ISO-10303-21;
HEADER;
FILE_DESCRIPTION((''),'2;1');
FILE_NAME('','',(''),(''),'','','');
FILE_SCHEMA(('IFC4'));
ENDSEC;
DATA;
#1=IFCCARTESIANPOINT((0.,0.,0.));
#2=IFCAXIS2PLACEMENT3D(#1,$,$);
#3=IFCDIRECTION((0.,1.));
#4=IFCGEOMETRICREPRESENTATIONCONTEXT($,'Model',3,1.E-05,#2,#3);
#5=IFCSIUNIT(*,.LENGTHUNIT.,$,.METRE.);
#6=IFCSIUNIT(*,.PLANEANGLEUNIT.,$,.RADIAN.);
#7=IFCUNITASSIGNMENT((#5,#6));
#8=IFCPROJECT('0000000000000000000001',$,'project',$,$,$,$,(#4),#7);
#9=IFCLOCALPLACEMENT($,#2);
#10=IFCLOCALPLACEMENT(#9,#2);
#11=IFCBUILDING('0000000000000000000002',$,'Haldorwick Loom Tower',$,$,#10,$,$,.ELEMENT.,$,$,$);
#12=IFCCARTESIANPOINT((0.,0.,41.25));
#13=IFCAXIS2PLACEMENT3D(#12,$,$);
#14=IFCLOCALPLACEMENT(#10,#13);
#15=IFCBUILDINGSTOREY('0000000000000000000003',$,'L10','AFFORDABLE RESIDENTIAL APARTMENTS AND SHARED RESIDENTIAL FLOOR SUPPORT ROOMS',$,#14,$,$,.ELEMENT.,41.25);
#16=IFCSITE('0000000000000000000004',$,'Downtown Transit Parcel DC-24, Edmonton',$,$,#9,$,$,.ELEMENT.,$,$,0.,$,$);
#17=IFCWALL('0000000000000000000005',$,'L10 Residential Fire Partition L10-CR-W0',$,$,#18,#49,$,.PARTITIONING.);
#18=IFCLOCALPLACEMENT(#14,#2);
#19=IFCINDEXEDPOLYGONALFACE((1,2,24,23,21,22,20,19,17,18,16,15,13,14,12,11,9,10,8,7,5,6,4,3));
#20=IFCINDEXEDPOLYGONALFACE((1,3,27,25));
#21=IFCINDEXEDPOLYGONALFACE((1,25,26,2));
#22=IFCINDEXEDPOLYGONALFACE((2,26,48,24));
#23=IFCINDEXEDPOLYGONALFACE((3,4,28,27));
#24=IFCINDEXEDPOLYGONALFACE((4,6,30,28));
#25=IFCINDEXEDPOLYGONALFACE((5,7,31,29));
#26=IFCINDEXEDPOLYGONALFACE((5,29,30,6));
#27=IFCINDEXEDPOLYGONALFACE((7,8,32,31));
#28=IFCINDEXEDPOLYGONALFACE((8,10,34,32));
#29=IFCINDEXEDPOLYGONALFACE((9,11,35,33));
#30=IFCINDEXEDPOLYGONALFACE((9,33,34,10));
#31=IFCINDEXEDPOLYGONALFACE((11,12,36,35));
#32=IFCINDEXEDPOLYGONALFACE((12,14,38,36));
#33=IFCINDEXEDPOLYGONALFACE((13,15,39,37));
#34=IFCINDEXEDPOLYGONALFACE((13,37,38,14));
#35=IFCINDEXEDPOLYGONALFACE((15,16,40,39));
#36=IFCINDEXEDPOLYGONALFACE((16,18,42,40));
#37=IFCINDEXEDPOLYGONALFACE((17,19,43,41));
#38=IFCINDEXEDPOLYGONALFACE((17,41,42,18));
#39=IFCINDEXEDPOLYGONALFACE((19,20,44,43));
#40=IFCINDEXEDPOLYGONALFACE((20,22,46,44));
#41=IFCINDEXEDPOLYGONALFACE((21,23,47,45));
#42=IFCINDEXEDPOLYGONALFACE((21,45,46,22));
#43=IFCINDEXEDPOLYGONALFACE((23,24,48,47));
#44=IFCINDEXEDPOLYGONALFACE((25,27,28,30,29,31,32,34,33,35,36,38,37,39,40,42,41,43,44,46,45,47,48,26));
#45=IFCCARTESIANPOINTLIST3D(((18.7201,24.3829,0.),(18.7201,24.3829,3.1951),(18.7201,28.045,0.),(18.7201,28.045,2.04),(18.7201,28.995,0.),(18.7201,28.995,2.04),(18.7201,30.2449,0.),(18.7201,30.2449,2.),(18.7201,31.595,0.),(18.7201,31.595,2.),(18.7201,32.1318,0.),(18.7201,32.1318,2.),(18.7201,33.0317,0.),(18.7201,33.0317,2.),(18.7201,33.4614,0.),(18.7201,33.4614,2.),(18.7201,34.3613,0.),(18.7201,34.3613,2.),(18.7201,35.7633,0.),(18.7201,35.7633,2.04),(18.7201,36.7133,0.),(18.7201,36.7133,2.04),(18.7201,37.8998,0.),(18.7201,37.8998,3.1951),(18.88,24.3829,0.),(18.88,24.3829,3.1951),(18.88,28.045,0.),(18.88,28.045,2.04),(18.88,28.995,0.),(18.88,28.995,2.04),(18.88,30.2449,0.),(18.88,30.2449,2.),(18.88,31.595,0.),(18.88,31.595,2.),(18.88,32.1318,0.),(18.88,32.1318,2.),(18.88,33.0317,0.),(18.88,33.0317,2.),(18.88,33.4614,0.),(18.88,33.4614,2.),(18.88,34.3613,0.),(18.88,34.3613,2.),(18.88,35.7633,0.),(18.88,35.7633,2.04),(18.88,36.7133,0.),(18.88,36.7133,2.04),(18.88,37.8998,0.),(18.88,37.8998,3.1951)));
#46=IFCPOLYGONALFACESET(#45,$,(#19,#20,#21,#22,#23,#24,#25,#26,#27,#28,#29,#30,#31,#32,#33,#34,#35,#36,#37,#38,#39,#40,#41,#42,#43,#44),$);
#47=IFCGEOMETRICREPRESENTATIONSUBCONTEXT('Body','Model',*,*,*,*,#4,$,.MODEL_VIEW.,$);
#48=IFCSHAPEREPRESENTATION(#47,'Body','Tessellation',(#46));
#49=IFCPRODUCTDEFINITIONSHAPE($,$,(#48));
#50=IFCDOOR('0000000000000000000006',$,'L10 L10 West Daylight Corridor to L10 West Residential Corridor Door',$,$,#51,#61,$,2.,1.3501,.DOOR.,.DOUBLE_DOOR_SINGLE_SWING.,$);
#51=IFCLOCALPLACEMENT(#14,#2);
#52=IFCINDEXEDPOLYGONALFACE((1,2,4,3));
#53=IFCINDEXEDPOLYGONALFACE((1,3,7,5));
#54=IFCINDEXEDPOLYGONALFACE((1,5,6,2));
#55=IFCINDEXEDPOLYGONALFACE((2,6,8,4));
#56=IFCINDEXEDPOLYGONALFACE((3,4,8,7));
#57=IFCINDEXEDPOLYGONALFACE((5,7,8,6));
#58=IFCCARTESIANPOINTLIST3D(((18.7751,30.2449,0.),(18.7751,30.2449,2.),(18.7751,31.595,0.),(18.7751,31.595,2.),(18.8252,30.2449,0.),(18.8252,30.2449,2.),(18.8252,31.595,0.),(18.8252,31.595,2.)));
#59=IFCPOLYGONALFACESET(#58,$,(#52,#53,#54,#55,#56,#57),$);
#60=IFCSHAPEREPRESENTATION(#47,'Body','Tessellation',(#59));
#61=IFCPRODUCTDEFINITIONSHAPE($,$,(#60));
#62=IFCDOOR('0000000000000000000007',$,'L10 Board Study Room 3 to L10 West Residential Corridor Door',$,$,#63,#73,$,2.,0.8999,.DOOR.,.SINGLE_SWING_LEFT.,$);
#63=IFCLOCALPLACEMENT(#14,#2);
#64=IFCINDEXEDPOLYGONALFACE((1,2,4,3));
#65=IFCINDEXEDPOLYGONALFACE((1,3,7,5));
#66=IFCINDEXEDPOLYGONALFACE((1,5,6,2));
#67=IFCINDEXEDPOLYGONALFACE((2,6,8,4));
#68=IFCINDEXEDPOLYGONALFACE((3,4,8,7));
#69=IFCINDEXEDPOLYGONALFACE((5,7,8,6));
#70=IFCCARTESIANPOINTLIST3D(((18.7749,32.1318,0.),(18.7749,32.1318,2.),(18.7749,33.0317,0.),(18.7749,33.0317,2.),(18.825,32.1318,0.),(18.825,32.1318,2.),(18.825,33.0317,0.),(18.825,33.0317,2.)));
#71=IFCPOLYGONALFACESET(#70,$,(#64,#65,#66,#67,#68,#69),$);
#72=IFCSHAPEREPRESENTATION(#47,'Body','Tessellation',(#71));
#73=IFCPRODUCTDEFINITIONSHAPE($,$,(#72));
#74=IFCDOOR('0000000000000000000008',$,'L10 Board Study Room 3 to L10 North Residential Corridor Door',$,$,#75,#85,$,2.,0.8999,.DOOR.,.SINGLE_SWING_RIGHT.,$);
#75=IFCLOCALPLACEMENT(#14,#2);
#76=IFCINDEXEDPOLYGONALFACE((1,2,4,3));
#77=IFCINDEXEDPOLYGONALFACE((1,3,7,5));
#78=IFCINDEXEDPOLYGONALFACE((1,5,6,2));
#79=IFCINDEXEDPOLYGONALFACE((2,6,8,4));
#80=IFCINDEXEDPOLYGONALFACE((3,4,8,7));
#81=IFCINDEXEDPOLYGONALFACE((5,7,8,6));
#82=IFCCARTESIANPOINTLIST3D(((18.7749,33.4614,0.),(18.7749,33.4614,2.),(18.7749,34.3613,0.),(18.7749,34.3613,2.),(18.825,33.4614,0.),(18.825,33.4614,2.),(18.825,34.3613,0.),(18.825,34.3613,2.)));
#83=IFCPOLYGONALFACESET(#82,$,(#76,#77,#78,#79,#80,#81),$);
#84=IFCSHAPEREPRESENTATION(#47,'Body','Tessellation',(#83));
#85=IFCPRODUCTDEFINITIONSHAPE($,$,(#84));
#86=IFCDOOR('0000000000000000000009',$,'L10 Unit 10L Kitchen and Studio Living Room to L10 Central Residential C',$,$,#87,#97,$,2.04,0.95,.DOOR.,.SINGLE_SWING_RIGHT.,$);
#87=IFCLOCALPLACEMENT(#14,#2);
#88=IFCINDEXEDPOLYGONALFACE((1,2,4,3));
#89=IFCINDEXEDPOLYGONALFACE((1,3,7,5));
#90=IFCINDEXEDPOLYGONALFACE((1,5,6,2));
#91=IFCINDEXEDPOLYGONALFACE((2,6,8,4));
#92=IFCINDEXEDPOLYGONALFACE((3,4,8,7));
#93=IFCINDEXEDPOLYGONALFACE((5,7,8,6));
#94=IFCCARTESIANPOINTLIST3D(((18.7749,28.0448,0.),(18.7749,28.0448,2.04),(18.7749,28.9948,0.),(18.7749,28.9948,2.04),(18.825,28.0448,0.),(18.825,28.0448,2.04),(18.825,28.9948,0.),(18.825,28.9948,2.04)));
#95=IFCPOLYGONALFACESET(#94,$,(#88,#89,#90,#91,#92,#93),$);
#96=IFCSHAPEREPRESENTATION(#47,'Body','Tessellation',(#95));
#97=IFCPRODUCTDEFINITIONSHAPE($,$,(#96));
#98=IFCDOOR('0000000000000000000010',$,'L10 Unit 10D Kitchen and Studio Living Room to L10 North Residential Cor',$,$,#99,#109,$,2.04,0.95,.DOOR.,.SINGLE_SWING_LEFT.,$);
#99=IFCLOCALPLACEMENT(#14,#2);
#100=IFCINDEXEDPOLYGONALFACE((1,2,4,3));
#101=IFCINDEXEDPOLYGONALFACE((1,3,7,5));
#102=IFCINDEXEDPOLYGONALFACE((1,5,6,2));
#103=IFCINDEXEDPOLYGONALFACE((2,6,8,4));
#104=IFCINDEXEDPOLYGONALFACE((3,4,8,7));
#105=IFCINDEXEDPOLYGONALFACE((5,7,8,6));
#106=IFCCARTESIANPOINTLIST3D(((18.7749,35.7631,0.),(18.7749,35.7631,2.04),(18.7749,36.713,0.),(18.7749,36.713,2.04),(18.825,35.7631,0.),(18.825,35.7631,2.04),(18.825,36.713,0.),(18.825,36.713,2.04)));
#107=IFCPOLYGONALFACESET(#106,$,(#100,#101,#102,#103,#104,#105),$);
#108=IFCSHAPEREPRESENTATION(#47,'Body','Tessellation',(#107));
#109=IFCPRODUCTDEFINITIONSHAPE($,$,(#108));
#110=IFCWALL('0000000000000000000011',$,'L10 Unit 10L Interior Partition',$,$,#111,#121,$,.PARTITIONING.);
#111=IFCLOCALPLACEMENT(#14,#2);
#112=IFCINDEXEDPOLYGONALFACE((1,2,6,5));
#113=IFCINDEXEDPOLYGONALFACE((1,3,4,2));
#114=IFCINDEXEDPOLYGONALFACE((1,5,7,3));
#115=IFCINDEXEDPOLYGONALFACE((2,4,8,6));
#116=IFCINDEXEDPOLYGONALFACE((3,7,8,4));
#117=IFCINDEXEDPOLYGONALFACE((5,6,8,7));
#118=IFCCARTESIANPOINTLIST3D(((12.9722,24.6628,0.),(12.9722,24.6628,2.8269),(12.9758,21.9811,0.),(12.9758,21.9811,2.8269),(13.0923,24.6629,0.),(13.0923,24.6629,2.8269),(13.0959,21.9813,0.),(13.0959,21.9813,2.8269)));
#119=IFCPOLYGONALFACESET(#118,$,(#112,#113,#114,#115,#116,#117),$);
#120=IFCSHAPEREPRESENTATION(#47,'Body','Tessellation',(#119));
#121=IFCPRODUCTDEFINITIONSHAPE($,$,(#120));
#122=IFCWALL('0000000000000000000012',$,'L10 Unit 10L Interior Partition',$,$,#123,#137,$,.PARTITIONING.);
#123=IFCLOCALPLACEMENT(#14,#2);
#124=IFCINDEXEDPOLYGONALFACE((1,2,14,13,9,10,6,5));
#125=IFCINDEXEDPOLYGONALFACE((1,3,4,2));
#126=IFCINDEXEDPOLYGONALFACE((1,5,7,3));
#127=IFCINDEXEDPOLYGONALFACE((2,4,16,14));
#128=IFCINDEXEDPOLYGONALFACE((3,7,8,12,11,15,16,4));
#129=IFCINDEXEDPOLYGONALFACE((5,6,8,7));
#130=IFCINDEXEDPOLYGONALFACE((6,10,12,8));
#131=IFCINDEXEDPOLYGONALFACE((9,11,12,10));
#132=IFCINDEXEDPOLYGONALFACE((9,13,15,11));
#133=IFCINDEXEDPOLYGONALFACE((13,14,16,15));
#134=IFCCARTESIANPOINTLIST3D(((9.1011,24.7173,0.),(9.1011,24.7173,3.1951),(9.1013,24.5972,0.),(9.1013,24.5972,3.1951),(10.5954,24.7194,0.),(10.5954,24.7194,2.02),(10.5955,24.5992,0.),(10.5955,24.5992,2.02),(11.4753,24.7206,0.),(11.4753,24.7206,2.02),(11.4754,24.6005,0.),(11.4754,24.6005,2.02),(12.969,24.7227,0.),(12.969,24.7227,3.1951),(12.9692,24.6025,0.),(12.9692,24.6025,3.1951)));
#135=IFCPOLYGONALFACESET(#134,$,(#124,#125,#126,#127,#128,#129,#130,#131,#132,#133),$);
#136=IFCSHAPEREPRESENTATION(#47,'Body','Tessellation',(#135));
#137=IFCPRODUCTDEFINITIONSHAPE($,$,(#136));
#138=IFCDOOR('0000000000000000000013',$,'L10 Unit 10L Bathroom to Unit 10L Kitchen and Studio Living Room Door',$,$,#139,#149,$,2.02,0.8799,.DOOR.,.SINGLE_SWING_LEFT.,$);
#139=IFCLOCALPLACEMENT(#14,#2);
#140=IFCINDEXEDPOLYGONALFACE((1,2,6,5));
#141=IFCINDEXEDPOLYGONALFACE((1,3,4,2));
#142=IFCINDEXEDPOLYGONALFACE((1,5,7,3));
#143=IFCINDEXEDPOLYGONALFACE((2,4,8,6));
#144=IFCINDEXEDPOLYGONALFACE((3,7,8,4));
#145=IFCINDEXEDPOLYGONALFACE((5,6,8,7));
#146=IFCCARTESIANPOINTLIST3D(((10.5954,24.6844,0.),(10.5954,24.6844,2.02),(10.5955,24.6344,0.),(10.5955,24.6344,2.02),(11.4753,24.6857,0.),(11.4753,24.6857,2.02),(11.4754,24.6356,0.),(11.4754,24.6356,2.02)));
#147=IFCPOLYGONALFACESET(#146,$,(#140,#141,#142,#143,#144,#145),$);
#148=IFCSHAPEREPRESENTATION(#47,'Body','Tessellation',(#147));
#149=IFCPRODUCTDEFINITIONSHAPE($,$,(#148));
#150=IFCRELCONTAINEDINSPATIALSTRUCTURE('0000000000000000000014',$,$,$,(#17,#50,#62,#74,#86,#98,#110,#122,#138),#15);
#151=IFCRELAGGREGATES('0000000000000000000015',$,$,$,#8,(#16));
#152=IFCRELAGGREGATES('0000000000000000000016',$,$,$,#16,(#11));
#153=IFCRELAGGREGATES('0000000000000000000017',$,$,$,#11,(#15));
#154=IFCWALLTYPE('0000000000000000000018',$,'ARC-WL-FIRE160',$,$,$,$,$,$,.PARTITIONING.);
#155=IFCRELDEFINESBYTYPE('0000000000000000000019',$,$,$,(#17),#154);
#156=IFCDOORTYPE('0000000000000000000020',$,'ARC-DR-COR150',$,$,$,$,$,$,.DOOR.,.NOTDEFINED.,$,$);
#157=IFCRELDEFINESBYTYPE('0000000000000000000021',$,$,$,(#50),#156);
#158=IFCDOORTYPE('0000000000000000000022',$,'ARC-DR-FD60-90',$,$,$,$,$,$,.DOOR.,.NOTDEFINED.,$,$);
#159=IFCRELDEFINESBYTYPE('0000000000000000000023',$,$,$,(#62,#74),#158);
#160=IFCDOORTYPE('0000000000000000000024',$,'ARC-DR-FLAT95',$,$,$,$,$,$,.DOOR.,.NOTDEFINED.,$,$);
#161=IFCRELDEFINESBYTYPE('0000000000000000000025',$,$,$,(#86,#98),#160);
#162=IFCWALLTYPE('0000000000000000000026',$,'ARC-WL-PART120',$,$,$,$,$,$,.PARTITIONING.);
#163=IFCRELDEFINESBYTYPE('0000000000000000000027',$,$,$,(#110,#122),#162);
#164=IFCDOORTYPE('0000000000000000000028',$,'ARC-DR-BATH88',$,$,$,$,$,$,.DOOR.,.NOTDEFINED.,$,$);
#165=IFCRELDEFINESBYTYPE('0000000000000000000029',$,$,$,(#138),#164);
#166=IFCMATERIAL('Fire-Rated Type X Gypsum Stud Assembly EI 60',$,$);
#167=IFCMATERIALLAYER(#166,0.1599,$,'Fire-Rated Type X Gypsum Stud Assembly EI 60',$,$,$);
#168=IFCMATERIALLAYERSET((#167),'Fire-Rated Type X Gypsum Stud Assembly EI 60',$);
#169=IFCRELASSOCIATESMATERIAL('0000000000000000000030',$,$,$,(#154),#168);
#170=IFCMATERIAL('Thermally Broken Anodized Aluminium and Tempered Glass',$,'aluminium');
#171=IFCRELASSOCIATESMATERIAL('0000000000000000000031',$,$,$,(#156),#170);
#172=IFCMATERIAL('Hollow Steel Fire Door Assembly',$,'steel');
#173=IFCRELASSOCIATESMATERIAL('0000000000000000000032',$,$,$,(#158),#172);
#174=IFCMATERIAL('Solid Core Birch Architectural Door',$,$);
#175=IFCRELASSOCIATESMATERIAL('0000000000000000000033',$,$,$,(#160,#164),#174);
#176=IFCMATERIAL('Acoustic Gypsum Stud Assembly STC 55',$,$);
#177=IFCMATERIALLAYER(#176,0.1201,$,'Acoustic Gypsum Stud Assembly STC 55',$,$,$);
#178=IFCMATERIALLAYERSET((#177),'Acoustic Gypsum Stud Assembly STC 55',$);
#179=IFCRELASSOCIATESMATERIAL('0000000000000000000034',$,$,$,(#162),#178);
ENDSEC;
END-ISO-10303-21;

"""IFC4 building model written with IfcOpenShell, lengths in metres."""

from ifc_helpers import new_model, si_unit, direction, frame, frame_2d, origin, place, context, subcontext, project, spatial, rectangle, extrude, material, layer, layer_set, type_object, element, fill, save


model = new_model("IFC4")

# Units and contexts
model_context = context("Model", 3, precision=1e-05, world=origin(), true_north=direction((0.0, 1.0)))
body_context = subcontext(model_context, "Body", "Model", "MODEL_VIEW")
ifc_project = project(units=[si_unit("LENGTHUNIT", "METRE"), si_unit("PLANEANGLEUNIT", "RADIAN")], contexts=[model_context])

# Site, building, storey
site_placement = place(None, origin())
site = spatial("IfcSite", under=ifc_project, at=site_placement, Name="Downtown Transit Parcel DC-24, Edmonton", CompositionType="ELEMENT", RefElevation=0.0)
building_placement = place(site_placement, origin())
building = spatial("IfcBuilding", under=site, at=building_placement, Name="Haldorwick Loom Tower", CompositionType="ELEMENT")
storey_placement = place(building_placement, frame((0.0, 0.0, 41.25)))
storey = spatial("IfcBuildingStorey", under=building, at=storey_placement, Name="L10", Description="AFFORDABLE RESIDENTIAL APARTMENTS AND SHARED RESIDENTIAL FLOOR SUPPORT ROOMS", CompositionType="ELEMENT", Elevation=41.25)

# Wall, openings, doors
ifc_material_1 = material(Name="Fire-Rated Type X Gypsum Stud Assembly EI 60")
ifc_layer_1 = layer(ifc_material_1, 0.1599, Name="Fire-Rated Type X Gypsum Stud Assembly EI 60")
ifc_layer_set_1 = layer_set([ifc_layer_1], Name="Fire-Rated Type X Gypsum Stud Assembly EI 60")
wall_type_1 = type_object("IfcWallType", Name="ARC-WL-FIRE160", PredefinedType="PARTITIONING", material=ifc_layer_set_1)
ifc_material_2 = material(Name="Thermally Broken Anodized Aluminium and Tempered Glass", Category="aluminium")
door_type_1 = type_object("IfcDoorType", Name="ARC-DR-COR150", OperationType="NOTDEFINED", PredefinedType="DOOR", material=ifc_material_2)
ifc_material_3 = material(Name="Hollow Steel Fire Door Assembly", Category="steel")
door_type_2 = type_object("IfcDoorType", Name="ARC-DR-FD60-90", OperationType="NOTDEFINED", PredefinedType="DOOR", material=ifc_material_3)
wall_1_placement = place(storey_placement, frame((18.8, 24.3831, 0.0), z_axis=(0.0, 0.0, 1.0), x_axis=(0.0, 1.0, 0.0)))
wall_1 = element("IfcWall", 1, at=wall_1_placement, inside=storey, type_object=wall_type_1, Name="L10 Residential Fire Partition L10-CR-W0", PredefinedType="PARTITIONING", context=body_context, shape_type="SweptSolid", body=[
    extrude(rectangle(XDim=13.5168, YDim=0.1599, at=frame_2d((6.7583, 0.0))), origin(), (0.0, 0.0, 1.0), 3.1951),
])
opening_1_placement = place(wall_1_placement, frame((5.8618, 0.0, 0.0)))
opening_1 = element("IfcOpeningElement", 2, at=opening_1_placement, cuts=wall_1, PredefinedType="OPENING", context=body_context, shape_type="SweptSolid", body=[
    extrude(rectangle(XDim=1.3501, YDim=2.0, at=frame_2d((0.675, 1.0))), frame((0.0, 0.0898, 0.0), z_axis=(0.0, -1.0, 0.0), x_axis=(1.0, 0.0, 0.0)), (0.0, 0.0, 1.0), 0.1799),
])
opening_2_placement = place(wall_1_placement, frame((3.6619, 0.0, 0.0)))
opening_2 = element("IfcOpeningElement", 3, at=opening_2_placement, cuts=wall_1, PredefinedType="OPENING", context=body_context, shape_type="SweptSolid", body=[
    extrude(rectangle(XDim=0.95, YDim=2.04, at=frame_2d((0.4751, 1.02))), frame((0.0, 0.0898, 0.0), z_axis=(0.0, -1.0, 0.0), x_axis=(1.0, 0.0, 0.0)), (0.0, 0.0, 1.0), 0.1799),
])
opening_3_placement = place(wall_1_placement, frame((11.3801, 0.0, 0.0)))
opening_3 = element("IfcOpeningElement", 4, at=opening_3_placement, cuts=wall_1, PredefinedType="OPENING", context=body_context, shape_type="SweptSolid", body=[
    extrude(rectangle(XDim=0.95, YDim=2.04, at=frame_2d((0.4751, 1.02))), frame((0.0, 0.0898, 0.0), z_axis=(0.0, -1.0, 0.0), x_axis=(1.0, 0.0, 0.0)), (0.0, 0.0, 1.0), 0.1799),
])
opening_4_placement = place(wall_1_placement, frame((7.7488, 0.0, 0.0)))
opening_4 = element("IfcOpeningElement", 5, at=opening_4_placement, cuts=wall_1, PredefinedType="OPENING", context=body_context, shape_type="SweptSolid", body=[
    extrude(rectangle(XDim=0.8999, YDim=2.0, at=frame_2d((0.45, 1.0))), frame((0.0, 0.0898, 0.0), z_axis=(0.0, -1.0, 0.0), x_axis=(1.0, 0.0, 0.0)), (0.0, 0.0, 1.0), 0.1799),
])
opening_5_placement = place(wall_1_placement, frame((9.0784, 0.0, 0.0)))
opening_5 = element("IfcOpeningElement", 6, at=opening_5_placement, cuts=wall_1, PredefinedType="OPENING", context=body_context, shape_type="SweptSolid", body=[
    extrude(rectangle(XDim=0.8999, YDim=2.0, at=frame_2d((0.45, 1.0))), frame((0.0, 0.0898, 0.0), z_axis=(0.0, -1.0, 0.0), x_axis=(1.0, 0.0, 0.0)), (0.0, 0.0, 1.0), 0.1799),
])
door_1_placement = place(opening_1_placement, origin())
door_1 = element("IfcDoor", 7, at=door_1_placement, inside=storey, type_object=door_type_1, Name="L10 L10 West Daylight Corridor to L10 West Residential Corridor Door", OperationType="DOUBLE_DOOR_SINGLE_SWING", OverallHeight=2.0, OverallWidth=1.3501, PredefinedType="DOOR", context=body_context, shape_type="SweptSolid", body=[
    extrude(rectangle(XDim=1.3501, YDim=2.0, at=frame_2d((0.675, 1.0))), frame((0.0, 0.0249, 0.0), z_axis=(0.0, -1.0, 0.0), x_axis=(1.0, 0.0, 0.0)), (0.0, 0.0, 1.0), 0.05),
])
fill(opening_1, door_1)
door_2_placement = place(opening_4_placement, frame((0.8999, 0.0, 0.0), z_axis=(0.0, 0.0, 1.0), x_axis=(-1.0, 0.0, 0.0)))
door_2 = element("IfcDoor", 8, at=door_2_placement, inside=storey, type_object=door_type_2, Name="L10 Board Study Room 3 to L10 West Residential Corridor Door", OperationType="SINGLE_SWING_LEFT", OverallHeight=2.0, OverallWidth=0.8999, PredefinedType="DOOR", context=body_context, shape_type="SweptSolid", body=[
    extrude(rectangle(XDim=0.8999, YDim=2.0, at=frame_2d((0.45, 1.0))), frame((0.0, 0.0249, 0.0), z_axis=(0.0, -1.0, 0.0), x_axis=(1.0, 0.0, 0.0)), (0.0, 0.0, 1.0), 0.05),
])
fill(opening_4, door_2)
door_3_placement = place(opening_5_placement, frame((0.8999, 0.0, 0.0), z_axis=(0.0, 0.0, 1.0), x_axis=(-1.0, 0.0, 0.0)))
door_3 = element("IfcDoor", 9, at=door_3_placement, inside=storey, type_object=door_type_2, Name="L10 Board Study Room 3 to L10 North Residential Corridor Door", OperationType="SINGLE_SWING_RIGHT", OverallHeight=2.0, OverallWidth=0.8999, PredefinedType="DOOR", context=body_context, shape_type="SweptSolid", body=[
    extrude(rectangle(XDim=0.8999, YDim=2.0, at=frame_2d((0.45, 1.0))), frame((0.0, 0.0249, 0.0), z_axis=(0.0, -1.0, 0.0), x_axis=(1.0, 0.0, 0.0)), (0.0, 0.0, 1.0), 0.05),
])
fill(opening_5, door_3)
ifc_material_4 = material(Name="Solid Core Birch Architectural Door")
door_type_3 = type_object("IfcDoorType", Name="ARC-DR-FLAT95", OperationType="NOTDEFINED", PredefinedType="DOOR", material=ifc_material_4)
door_4_placement = place(opening_2_placement, frame((0.95, 0.0, 0.0), z_axis=(0.0, 0.0, 1.0), x_axis=(-1.0, 0.0, 0.0)))
door_4 = element("IfcDoor", 10, at=door_4_placement, inside=storey, type_object=door_type_3, Name="L10 Unit 10L Kitchen and Studio Living Room to L10 Central Residential C", OperationType="SINGLE_SWING_RIGHT", OverallHeight=2.04, OverallWidth=0.95, PredefinedType="DOOR", context=body_context, shape_type="SweptSolid", body=[
    extrude(rectangle(XDim=0.95, YDim=2.04, at=frame_2d((0.4751, 1.02))), frame((0.0, 0.0249, 0.0), z_axis=(0.0, -1.0, 0.0), x_axis=(1.0, 0.0, 0.0)), (0.0, 0.0, 1.0), 0.05),
])
fill(opening_2, door_4)
door_5_placement = place(opening_3_placement, frame((0.95, 0.0, 0.0), z_axis=(0.0, 0.0, 1.0), x_axis=(-1.0, 0.0, 0.0)))
door_5 = element("IfcDoor", 11, at=door_5_placement, inside=storey, type_object=door_type_3, Name="L10 Unit 10D Kitchen and Studio Living Room to L10 North Residential Cor", OperationType="SINGLE_SWING_LEFT", OverallHeight=2.04, OverallWidth=0.95, PredefinedType="DOOR", context=body_context, shape_type="SweptSolid", body=[
    extrude(rectangle(XDim=0.95, YDim=2.04, at=frame_2d((0.4751, 1.02))), frame((0.0, 0.0249, 0.0), z_axis=(0.0, -1.0, 0.0), x_axis=(1.0, 0.0, 0.0)), (0.0, 0.0, 1.0), 0.05),
])
fill(opening_3, door_5)

# Wall
ifc_material_5 = material(Name="Acoustic Gypsum Stud Assembly STC 55")
ifc_layer_2 = layer(ifc_material_5, 0.1201, Name="Acoustic Gypsum Stud Assembly STC 55")
ifc_layer_set_2 = layer_set([ifc_layer_2], Name="Acoustic Gypsum Stud Assembly STC 55")
wall_type_2 = type_object("IfcWallType", Name="ARC-WL-PART120", PredefinedType="PARTITIONING", material=ifc_layer_set_2)
wall_2_placement = place(storey_placement, frame((13.0322, 24.6628, 0.0), z_axis=(0.0, 0.0, 1.0), x_axis=(0.001366, -0.999999, 0.0)))
element("IfcWall", 12, at=wall_2_placement, inside=storey, type_object=wall_type_2, Name="L10 Unit 10L Interior Partition", PredefinedType="PARTITIONING", context=body_context, shape_type="SweptSolid", body=[
    extrude(rectangle(XDim=2.6816, YDim=0.1201, at=frame_2d((1.3408, 0.0))), origin(), (0.0, 0.0, 1.0), 2.8269),
])

# Wall, opening, door
wall_3_placement = place(storey_placement, frame((12.9692, 24.6626, 0.0), z_axis=(0.0, 0.0, 1.0), x_axis=(-0.999999, -0.001389, 0.0)))
wall_3 = element("IfcWall", 13, at=wall_3_placement, inside=storey, type_object=wall_type_2, Name="L10 Unit 10L Interior Partition", PredefinedType="PARTITIONING", context=body_context, shape_type="SweptSolid", body=[
    extrude(rectangle(XDim=3.8679, YDim=0.1201, at=frame_2d((1.9341, 0.0))), origin(), (0.0, 0.0, 1.0), 3.1951),
])
opening_6_placement = place(wall_3_placement, frame((1.4939, 0.0, 0.0)))
opening_6 = element("IfcOpeningElement", 14, at=opening_6_placement, cuts=wall_3, PredefinedType="OPENING", context=body_context, shape_type="SweptSolid", body=[
    extrude(rectangle(XDim=0.8799, YDim=2.02, at=frame_2d((0.4399, 1.01))), frame((0.0, 0.0701, 0.0), z_axis=(0.0, -1.0, 0.0), x_axis=(1.0, 0.0, 0.0)), (0.0, 0.0, 1.0), 0.1401),
])
door_type_4 = type_object("IfcDoorType", Name="ARC-DR-BATH88", OperationType="NOTDEFINED", PredefinedType="DOOR", material=ifc_material_4)
door_6_placement = place(opening_6_placement, origin())
door_6 = element("IfcDoor", 15, at=door_6_placement, inside=storey, type_object=door_type_4, Name="L10 Unit 10L Bathroom to Unit 10L Kitchen and Studio Living Room Door", OperationType="SINGLE_SWING_LEFT", OverallHeight=2.02, OverallWidth=0.8799, PredefinedType="DOOR", context=body_context, shape_type="SweptSolid", body=[
    extrude(rectangle(XDim=0.8799, YDim=2.02, at=frame_2d((0.4399, 1.01))), frame((0.0, 0.0249, 0.0), z_axis=(0.0, -1.0, 0.0), x_axis=(1.0, 0.0, 0.0)), (0.0, 0.0, 1.0), 0.05),
])
fill(opening_6, door_6)

save(model, "model.ifc")
